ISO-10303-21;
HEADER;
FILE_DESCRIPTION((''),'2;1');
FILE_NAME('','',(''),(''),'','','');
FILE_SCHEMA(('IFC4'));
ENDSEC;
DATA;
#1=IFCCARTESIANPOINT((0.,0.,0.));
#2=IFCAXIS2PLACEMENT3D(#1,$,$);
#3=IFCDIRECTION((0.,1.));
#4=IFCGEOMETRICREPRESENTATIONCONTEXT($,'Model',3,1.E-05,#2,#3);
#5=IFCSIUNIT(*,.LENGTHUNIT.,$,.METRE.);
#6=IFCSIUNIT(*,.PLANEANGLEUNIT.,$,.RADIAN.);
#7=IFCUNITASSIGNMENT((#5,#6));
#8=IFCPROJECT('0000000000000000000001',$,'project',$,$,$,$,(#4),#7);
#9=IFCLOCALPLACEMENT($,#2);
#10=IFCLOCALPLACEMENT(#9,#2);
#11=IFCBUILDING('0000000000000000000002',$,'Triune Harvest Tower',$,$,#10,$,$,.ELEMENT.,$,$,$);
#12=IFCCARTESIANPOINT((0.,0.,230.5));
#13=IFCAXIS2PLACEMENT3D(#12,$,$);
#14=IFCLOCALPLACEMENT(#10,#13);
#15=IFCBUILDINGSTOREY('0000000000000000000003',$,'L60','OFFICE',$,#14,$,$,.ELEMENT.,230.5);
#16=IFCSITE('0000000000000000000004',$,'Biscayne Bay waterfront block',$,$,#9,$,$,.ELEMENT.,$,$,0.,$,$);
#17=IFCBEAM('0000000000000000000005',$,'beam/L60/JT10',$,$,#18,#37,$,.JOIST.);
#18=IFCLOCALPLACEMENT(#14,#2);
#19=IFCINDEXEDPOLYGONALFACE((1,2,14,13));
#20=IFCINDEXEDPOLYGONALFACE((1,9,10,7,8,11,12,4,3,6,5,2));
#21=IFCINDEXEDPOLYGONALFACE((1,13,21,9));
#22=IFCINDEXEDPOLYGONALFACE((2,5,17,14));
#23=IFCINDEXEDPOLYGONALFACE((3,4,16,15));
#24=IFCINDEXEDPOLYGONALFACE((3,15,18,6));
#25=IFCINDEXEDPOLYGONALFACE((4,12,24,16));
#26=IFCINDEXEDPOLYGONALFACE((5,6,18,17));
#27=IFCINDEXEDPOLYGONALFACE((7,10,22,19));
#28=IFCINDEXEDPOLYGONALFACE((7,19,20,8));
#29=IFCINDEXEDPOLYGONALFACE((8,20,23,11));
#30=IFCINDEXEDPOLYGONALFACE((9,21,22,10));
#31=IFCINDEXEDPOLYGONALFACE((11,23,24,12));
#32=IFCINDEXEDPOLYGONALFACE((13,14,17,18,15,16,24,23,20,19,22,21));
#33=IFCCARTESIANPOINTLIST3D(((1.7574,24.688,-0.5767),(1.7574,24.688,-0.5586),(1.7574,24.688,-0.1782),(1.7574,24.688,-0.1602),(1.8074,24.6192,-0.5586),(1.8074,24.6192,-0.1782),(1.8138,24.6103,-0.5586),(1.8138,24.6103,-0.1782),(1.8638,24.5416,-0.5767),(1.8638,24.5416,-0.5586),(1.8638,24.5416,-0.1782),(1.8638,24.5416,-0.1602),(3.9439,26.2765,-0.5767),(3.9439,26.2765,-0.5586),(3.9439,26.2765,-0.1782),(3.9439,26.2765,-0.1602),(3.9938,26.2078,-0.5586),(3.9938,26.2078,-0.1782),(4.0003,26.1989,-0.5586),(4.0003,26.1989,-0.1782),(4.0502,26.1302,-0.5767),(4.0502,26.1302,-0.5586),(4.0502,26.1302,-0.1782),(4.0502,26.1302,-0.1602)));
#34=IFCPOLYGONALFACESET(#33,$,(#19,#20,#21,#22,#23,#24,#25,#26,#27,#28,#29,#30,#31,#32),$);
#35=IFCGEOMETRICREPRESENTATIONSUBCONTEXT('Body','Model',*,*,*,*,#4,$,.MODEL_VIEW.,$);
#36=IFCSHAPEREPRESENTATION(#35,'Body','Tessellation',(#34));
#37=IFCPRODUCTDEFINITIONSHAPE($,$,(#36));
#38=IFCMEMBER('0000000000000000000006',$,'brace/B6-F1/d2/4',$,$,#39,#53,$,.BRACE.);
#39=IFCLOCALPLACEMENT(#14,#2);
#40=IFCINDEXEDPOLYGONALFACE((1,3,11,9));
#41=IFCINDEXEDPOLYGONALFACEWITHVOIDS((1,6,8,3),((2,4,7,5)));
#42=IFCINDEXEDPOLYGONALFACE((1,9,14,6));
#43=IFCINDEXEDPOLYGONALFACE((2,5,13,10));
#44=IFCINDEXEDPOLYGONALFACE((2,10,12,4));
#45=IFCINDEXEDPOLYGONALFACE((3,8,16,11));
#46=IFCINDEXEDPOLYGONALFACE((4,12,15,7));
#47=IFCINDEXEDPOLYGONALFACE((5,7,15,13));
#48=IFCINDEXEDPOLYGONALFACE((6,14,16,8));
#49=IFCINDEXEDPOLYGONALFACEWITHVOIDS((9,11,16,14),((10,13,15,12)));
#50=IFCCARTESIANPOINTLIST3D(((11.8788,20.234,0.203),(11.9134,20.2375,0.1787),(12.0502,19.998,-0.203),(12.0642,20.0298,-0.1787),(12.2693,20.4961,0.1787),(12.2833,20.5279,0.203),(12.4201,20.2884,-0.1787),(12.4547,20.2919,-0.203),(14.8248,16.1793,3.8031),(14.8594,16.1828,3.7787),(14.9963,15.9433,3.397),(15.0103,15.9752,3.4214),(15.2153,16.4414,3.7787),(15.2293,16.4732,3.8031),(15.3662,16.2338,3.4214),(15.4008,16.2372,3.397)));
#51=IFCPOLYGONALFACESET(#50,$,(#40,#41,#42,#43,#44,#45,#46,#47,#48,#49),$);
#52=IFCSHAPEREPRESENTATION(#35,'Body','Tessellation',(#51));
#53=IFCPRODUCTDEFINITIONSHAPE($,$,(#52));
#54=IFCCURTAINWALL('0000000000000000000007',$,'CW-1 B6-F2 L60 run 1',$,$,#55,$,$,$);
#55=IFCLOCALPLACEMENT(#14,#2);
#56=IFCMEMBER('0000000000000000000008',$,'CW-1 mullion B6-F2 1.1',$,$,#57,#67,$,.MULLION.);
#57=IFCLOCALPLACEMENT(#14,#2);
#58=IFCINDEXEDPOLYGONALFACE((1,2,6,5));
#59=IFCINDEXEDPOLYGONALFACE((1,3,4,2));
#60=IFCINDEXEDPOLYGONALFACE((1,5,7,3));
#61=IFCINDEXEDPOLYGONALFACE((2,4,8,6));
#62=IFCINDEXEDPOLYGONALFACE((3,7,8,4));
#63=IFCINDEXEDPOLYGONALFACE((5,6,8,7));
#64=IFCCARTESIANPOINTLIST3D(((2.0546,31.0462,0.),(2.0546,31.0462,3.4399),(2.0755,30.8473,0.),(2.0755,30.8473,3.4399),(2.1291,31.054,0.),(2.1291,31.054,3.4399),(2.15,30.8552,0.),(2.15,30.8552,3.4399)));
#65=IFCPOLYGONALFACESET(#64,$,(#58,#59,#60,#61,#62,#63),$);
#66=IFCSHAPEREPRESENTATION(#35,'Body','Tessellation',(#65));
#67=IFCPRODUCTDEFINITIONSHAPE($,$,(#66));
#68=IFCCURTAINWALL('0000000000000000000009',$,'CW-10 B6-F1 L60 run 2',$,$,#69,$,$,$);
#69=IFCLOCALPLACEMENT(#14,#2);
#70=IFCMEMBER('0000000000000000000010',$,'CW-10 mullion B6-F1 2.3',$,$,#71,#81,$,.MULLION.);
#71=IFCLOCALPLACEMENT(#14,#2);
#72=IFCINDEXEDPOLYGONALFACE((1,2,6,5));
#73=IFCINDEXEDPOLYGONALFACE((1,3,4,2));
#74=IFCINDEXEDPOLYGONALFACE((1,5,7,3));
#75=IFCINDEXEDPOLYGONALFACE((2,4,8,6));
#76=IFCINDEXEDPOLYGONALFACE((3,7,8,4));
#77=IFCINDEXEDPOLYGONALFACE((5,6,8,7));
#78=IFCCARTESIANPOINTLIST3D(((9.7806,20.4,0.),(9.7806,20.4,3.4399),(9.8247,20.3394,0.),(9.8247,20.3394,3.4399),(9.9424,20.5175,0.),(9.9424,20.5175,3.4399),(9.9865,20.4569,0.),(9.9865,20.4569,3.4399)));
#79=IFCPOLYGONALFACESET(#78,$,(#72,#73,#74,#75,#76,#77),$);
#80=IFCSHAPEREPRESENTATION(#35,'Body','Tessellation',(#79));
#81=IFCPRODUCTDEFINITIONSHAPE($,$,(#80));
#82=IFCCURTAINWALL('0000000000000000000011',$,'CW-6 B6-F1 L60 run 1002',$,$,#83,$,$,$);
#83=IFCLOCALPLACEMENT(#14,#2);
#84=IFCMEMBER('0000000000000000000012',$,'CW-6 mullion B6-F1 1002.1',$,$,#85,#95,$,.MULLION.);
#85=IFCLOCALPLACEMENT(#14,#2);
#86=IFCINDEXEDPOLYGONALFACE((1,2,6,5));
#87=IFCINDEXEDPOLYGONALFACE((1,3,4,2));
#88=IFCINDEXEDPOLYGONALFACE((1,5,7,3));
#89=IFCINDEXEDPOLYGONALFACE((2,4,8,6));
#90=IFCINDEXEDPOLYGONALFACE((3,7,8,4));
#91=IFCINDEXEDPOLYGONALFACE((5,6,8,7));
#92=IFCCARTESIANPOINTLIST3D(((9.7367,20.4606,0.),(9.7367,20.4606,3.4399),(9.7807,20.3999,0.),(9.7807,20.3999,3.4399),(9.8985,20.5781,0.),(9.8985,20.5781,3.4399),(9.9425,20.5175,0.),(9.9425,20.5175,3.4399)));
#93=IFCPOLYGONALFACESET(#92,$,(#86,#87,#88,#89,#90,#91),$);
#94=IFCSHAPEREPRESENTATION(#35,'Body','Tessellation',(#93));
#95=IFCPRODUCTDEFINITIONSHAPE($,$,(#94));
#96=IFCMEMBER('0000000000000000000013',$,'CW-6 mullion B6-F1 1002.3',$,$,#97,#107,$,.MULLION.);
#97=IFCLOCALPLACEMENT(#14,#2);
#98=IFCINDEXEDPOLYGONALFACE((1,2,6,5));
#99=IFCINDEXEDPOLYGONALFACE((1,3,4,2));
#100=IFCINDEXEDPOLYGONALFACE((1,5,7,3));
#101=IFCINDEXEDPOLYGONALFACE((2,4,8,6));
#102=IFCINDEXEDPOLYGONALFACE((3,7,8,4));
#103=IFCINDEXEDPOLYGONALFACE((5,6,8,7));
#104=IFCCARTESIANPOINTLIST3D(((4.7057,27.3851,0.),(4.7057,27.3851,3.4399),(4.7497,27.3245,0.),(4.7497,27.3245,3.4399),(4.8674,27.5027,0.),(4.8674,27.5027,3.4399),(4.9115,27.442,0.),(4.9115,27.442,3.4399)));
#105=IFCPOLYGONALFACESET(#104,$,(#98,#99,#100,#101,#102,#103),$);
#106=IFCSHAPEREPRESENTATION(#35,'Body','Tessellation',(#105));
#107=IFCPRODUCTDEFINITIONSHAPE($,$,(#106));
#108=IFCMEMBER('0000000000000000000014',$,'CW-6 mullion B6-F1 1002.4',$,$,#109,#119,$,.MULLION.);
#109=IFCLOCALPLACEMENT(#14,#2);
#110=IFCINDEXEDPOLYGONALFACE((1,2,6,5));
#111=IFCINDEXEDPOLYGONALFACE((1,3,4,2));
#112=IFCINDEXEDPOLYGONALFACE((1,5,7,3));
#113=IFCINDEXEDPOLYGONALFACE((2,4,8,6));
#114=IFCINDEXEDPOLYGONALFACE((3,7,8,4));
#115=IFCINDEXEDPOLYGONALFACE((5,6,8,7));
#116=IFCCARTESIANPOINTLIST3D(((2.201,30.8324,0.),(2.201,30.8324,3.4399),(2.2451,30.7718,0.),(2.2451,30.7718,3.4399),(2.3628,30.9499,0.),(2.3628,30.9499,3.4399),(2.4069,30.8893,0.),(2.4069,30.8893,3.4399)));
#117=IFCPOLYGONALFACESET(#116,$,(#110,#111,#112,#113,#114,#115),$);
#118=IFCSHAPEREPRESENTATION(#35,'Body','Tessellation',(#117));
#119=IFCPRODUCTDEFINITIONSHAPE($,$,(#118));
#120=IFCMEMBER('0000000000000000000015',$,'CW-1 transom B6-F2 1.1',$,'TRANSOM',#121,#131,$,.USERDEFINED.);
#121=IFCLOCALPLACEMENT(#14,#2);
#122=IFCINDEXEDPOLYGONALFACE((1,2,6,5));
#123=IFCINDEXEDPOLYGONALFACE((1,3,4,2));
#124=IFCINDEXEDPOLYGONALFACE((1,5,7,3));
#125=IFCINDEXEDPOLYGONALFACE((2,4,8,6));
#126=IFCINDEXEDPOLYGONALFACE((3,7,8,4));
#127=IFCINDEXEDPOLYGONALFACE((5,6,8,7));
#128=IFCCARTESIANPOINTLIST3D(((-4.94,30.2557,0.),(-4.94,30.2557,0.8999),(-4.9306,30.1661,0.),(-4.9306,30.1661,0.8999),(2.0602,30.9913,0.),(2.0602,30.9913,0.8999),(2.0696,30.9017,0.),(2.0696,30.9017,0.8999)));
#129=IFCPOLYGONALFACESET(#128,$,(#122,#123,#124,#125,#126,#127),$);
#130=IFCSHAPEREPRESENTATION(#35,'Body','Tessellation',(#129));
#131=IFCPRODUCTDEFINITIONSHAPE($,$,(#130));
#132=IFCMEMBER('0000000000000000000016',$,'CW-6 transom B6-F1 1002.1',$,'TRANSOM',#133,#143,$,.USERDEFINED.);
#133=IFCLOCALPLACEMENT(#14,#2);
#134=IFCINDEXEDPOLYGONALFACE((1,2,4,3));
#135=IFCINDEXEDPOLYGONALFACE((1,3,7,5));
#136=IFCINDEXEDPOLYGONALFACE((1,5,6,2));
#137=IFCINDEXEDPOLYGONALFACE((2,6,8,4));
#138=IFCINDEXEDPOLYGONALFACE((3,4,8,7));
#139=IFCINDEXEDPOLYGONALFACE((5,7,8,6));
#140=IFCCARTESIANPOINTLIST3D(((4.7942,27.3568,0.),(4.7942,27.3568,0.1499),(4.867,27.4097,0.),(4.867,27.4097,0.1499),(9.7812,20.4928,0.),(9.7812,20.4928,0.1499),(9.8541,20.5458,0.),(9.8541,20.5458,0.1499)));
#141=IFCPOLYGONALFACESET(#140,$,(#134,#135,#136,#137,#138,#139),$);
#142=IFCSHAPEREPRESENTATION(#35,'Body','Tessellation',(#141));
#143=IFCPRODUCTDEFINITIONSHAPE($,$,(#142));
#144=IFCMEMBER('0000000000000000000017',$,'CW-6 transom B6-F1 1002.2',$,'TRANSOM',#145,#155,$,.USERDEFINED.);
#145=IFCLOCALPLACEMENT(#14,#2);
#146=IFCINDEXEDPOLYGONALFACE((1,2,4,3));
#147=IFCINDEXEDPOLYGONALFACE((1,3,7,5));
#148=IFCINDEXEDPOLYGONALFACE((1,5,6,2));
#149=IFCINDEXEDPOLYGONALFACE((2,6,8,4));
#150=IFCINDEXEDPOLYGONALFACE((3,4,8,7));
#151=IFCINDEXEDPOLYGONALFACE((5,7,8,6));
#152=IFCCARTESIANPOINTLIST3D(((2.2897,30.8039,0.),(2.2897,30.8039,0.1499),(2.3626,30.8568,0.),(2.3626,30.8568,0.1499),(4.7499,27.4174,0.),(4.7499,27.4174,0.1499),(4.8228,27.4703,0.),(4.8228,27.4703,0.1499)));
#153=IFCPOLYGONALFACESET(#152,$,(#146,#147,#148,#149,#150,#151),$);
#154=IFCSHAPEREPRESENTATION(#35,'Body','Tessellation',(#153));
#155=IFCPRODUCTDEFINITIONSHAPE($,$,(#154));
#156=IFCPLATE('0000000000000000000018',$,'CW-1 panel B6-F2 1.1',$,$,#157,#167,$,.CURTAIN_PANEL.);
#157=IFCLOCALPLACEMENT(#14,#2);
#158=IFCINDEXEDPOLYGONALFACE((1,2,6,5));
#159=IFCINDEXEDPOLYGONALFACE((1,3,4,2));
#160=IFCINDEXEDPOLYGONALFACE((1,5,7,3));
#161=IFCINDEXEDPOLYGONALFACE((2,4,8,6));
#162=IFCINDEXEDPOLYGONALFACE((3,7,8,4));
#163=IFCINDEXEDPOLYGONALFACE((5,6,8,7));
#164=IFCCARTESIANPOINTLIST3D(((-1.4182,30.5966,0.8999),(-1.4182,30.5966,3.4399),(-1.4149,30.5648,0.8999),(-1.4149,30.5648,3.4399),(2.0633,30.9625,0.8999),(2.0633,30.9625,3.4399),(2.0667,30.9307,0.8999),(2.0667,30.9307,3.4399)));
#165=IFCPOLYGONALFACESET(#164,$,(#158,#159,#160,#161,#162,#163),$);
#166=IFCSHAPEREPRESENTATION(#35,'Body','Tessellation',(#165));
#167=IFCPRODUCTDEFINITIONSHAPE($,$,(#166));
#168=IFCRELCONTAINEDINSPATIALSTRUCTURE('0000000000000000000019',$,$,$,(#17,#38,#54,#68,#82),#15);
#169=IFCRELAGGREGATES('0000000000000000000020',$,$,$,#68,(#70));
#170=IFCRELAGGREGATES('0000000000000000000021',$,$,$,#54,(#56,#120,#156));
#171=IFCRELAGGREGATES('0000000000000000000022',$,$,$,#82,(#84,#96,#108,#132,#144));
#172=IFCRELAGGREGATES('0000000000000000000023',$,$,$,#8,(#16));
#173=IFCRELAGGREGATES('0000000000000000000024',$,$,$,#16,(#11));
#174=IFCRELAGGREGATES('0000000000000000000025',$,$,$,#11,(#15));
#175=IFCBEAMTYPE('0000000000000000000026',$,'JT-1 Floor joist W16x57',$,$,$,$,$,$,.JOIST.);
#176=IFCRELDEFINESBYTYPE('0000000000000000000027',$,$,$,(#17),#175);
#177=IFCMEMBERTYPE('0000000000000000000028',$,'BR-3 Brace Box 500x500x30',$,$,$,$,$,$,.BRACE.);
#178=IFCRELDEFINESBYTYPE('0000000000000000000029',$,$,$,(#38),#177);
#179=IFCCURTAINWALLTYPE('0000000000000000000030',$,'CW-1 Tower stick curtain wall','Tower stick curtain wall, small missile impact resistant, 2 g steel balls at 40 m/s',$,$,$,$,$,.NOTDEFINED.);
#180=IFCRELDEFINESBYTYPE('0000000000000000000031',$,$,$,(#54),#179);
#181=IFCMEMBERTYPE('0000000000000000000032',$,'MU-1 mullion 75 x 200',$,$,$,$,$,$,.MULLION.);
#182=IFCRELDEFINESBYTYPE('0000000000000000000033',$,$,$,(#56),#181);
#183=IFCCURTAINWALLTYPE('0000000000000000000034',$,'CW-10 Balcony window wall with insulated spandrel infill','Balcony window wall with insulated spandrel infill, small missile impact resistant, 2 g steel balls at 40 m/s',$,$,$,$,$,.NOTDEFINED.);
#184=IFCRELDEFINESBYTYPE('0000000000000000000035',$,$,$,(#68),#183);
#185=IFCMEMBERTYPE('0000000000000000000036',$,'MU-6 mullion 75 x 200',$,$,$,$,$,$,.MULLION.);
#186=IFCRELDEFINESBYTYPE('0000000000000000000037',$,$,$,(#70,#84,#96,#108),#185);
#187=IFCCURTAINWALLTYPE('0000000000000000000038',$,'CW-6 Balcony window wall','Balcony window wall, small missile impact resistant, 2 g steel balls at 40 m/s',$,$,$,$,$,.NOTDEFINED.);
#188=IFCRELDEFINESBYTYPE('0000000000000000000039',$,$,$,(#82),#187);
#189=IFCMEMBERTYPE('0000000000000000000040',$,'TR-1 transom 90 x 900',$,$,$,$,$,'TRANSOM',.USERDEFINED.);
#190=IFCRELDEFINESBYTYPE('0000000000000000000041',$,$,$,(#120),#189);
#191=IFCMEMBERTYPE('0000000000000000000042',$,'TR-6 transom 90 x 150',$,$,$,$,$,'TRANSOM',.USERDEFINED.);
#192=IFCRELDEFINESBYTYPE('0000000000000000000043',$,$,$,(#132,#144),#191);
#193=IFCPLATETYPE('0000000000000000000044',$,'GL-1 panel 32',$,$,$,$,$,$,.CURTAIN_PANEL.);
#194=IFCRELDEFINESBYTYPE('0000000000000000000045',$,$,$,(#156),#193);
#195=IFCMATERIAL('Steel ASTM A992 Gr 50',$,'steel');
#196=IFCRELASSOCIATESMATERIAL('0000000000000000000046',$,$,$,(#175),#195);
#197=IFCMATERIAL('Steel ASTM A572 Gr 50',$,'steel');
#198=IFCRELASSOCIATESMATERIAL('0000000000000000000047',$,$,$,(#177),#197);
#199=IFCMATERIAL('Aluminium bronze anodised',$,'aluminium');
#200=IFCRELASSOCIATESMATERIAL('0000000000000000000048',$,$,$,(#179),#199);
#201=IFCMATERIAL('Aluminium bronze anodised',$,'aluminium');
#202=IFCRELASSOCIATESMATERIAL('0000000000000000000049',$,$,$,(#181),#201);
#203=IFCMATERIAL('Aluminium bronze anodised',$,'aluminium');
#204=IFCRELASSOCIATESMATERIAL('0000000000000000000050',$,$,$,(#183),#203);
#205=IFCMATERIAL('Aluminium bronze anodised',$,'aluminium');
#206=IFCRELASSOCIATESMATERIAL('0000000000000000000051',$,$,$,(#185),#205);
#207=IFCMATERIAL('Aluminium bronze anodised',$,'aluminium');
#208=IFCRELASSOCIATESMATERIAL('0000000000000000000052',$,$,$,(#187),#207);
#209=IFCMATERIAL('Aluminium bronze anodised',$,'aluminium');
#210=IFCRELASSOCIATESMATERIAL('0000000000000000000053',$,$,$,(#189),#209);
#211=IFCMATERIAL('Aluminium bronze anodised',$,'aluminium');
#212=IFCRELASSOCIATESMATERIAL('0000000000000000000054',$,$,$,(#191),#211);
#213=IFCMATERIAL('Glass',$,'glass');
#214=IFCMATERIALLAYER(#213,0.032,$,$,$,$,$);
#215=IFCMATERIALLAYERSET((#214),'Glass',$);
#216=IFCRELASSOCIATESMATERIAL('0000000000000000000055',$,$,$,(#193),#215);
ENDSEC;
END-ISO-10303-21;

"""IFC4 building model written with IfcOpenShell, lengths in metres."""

from ifc_helpers import new_model, si_unit, direction, frame, origin, origin_2d, place, context, subcontext, project, spatial, rectangle, hollow_rectangle, i_section, extrude, source, transform, mapped, material, layer, layer_set, material_profile, profile_set, type_object, element, aggregate, save


model = new_model("IFC4")

# Units and contexts
model_context = context("Model", 3, precision=1e-05, world=origin(), true_north=direction((0.0, 1.0)))
body_context = subcontext(model_context, "Body", "Model", "MODEL_VIEW")
ifc_project = project(units=[si_unit("LENGTHUNIT", "METRE"), si_unit("PLANEANGLEUNIT", "RADIAN")], contexts=[model_context])

# Site, building, storey
site_placement = place(None, origin())
site = spatial("IfcSite", under=ifc_project, at=site_placement, Name="Biscayne Bay waterfront block", CompositionType="ELEMENT", RefElevation=0.0)
building_placement = place(site_placement, origin())
building = spatial("IfcBuilding", under=site, at=building_placement, Name="Triune Harvest Tower", CompositionType="ELEMENT")
storey_placement = place(building_placement, frame((0.0, 0.0, 230.5)))
storey = spatial("IfcBuildingStorey", under=building, at=storey_placement, Name="L60", Description="OFFICE", CompositionType="ELEMENT", Elevation=230.5)

# Beam
ifc_material_1 = material(Name="Steel ASTM A992 Gr 50", Category="steel")
ifc_material_profile_1 = material_profile(ifc_material_1, i_section(OverallWidth=0.1809, OverallDepth=0.4165, WebThickness=0.011, FlangeThickness=0.0181, at=origin_2d()), Name="W16x57")
ifc_profile_set_1 = profile_set([ifc_material_profile_1], Name="Steel ASTM A992 Gr 50")
beam_type_1 = type_object("IfcBeamType", Name="JT-1 Floor joist W16x57", PredefinedType="JOIST", material=ifc_profile_set_1)
shared_shape_1 = source(origin(), body_context, "Body", "SweptSolid", [
    extrude(i_section(OverallWidth=0.1809, OverallDepth=0.4165, WebThickness=0.011, FlangeThickness=0.0181, at=origin_2d()), origin(), (0.0, 0.0, 1.0), 2.7026),
])
beam_1_placement = place(storey_placement, frame((3.9971, 26.2034, -0.3684), z_axis=(-0.809013, -0.58779, 0.0), x_axis=(0.58779, -0.809013, 0.0)))
element("IfcBeam", 1, at=beam_1_placement, inside=storey, type_object=beam_type_1, Name="beam/L60/JT10", PredefinedType="JOIST", context=body_context, shape_type="MappedRepresentation", body=[
    mapped(shared_shape_1, transform((0.0, 0.0, 0.0), scale=1.0)),
])

# Member
ifc_material_2 = material(Name="Steel ASTM A572 Gr 50", Category="steel")
ifc_material_profile_2 = material_profile(ifc_material_2, hollow_rectangle(XDim=0.5, YDim=0.5, WallThickness=0.03, at=origin_2d()), Name="Box 500x500x30")
ifc_profile_set_2 = profile_set([ifc_material_profile_2], Name="Steel ASTM A572 Gr 50")
member_type_1 = type_object("IfcMemberType", Name="BR-3 Brace Box 500x500x30", PredefinedType="BRACE", material=ifc_profile_set_2)
shared_shape_2 = source(origin(), body_context, "Body", "SweptSolid", [
    extrude(hollow_rectangle(XDim=0.5, YDim=0.5, WallThickness=0.03, at=origin_2d()), origin(), (0.0, 0.0, 1.0), 6.1709),
])
member_1_placement = place(storey_placement, frame((12.1667, 20.2629, 0.0), z_axis=(0.477407, -0.657063, 0.583396), x_axis=(0.809004, 0.587804, 0.0)))
element("IfcMember", 2, at=member_1_placement, inside=storey, type_object=member_type_1, Name="brace/B6-F1/d2/4", PredefinedType="BRACE", context=body_context, shape_type="MappedRepresentation", body=[
    mapped(shared_shape_2, transform((0.0, 0.0, 0.0), scale=1.0)),
])

# Curtain walls, members
ifc_material_3 = material(Name="Aluminium bronze anodised", Category="aluminium")
curtain_wall_type_1 = type_object("IfcCurtainWallType", Name="CW-1 Tower stick curtain wall", Description="Tower stick curtain wall, small missile impact resistant, 2 g steel balls at 40 m/s", PredefinedType="NOTDEFINED", material=ifc_material_3)
curtain_wall_1_placement = place(storey_placement, origin())
curtain_wall_1 = element("IfcCurtainWall", 3, at=curtain_wall_1_placement, inside=storey, type_object=curtain_wall_type_1, Name="CW-1 B6-F2 L60 run 1")
ifc_material_4 = material(Name="Aluminium bronze anodised", Category="aluminium")
ifc_material_profile_3 = material_profile(ifc_material_4, rectangle(XDim=0.2, YDim=0.075, at=origin_2d()), Name="MU-1 mullion 75 x 200")
ifc_profile_set_3 = profile_set([ifc_material_profile_3], Name="Aluminium bronze anodised")
member_type_2 = type_object("IfcMemberType", Name="MU-1 mullion 75 x 200", PredefinedType="MULLION", material=ifc_profile_set_3)
shared_shape_3 = source(origin(), body_context, "Body", "SweptSolid", [
    extrude(rectangle(XDim=0.2, YDim=0.075, at=origin_2d()), origin(), (0.0, 0.0, 1.0), 3.4399),
])
member_2_placement = place(storey_placement, frame((2.1023, 30.9507, 0.0), z_axis=(0.0, 0.0, 1.0), x_axis=(0.10453, -0.994522, 0.0)))
member_2 = element("IfcMember", 4, at=member_2_placement, type_object=member_type_2, Name="CW-1 mullion B6-F2 1.1", PredefinedType="MULLION", context=body_context, shape_type="MappedRepresentation", body=[
    mapped(shared_shape_3, transform((0.0, 0.0, 0.0), scale=1.0)),
])
ifc_material_5 = material(Name="Aluminium bronze anodised", Category="aluminium")
curtain_wall_type_2 = type_object("IfcCurtainWallType", Name="CW-10 Balcony window wall with insulated spandrel infill", Description="Balcony window wall with insulated spandrel infill, small missile impact resistant, 2 g steel balls at 40 m/s", PredefinedType="NOTDEFINED", material=ifc_material_5)
curtain_wall_2_placement = place(storey_placement, origin())
curtain_wall_2 = element("IfcCurtainWall", 5, at=curtain_wall_2_placement, inside=storey, type_object=curtain_wall_type_2, Name="CW-10 B6-F1 L60 run 2")
ifc_material_6 = material(Name="Aluminium bronze anodised", Category="aluminium")
ifc_material_profile_4 = material_profile(ifc_material_6, rectangle(XDim=0.2, YDim=0.075, at=origin_2d()), Name="MU-6 mullion 75 x 200")
ifc_profile_set_4 = profile_set([ifc_material_profile_4], Name="Aluminium bronze anodised")
member_type_3 = type_object("IfcMemberType", Name="MU-6 mullion 75 x 200", PredefinedType="MULLION", material=ifc_profile_set_4)
shared_shape_4 = source(origin(), body_context, "Body", "SweptSolid", [
    extrude(rectangle(XDim=0.2, YDim=0.075, at=origin_2d()), origin(), (0.0, 0.0, 1.0), 3.4399),
])
member_3_placement = place(storey_placement, frame((9.8835, 20.4285, 0.0), z_axis=(0.0, 0.0, 1.0), x_axis=(-0.809018, -0.587784, 0.0)))
member_3 = element("IfcMember", 6, at=member_3_placement, type_object=member_type_3, Name="CW-10 mullion B6-F1 2.3", PredefinedType="MULLION", context=body_context, shape_type="MappedRepresentation", body=[
    mapped(shared_shape_4, transform((0.0, 0.0, 0.0), scale=1.0)),
])
aggregate(curtain_wall_2, [member_3])

# Curtain wall, members
ifc_material_7 = material(Name="Aluminium bronze anodised", Category="aluminium")
curtain_wall_type_3 = type_object("IfcCurtainWallType", Name="CW-6 Balcony window wall", Description="Balcony window wall, small missile impact resistant, 2 g steel balls at 40 m/s", PredefinedType="NOTDEFINED", material=ifc_material_7)
curtain_wall_3_placement = place(storey_placement, origin())
curtain_wall_3 = element("IfcCurtainWall", 7, at=curtain_wall_3_placement, inside=storey, type_object=curtain_wall_type_3, Name="CW-6 B6-F1 L60 run 1002")
member_4_placement = place(storey_placement, frame((9.8396, 20.489, 0.0), z_axis=(0.0, 0.0, 1.0), x_axis=(-0.809016, -0.587787, 0.0)))
member_4 = element("IfcMember", 8, at=member_4_placement, type_object=member_type_3, Name="CW-6 mullion B6-F1 1002.1", PredefinedType="MULLION", context=body_context, shape_type="MappedRepresentation", body=[
    mapped(shared_shape_4, transform((0.0, 0.0, 0.0), scale=1.0)),
])
member_5_placement = place(storey_placement, frame((4.8086, 27.4136, 0.0), z_axis=(0.0, 0.0, 1.0), x_axis=(-0.809016, -0.587787, 0.0)))
member_5 = element("IfcMember", 9, at=member_5_placement, type_object=member_type_3, Name="CW-6 mullion B6-F1 1002.3", PredefinedType="MULLION", context=body_context, shape_type="MappedRepresentation", body=[
    mapped(shared_shape_4, transform((0.0, 0.0, 0.0), scale=1.0)),
])
member_6_placement = place(storey_placement, frame((2.304, 30.8608, 0.0), z_axis=(0.0, 0.0, 1.0), x_axis=(-0.809016, -0.587787, 0.0)))
member_6 = element("IfcMember", 10, at=member_6_placement, type_object=member_type_3, Name="CW-6 mullion B6-F1 1002.4", PredefinedType="MULLION", context=body_context, shape_type="MappedRepresentation", body=[
    mapped(shared_shape_4, transform((0.0, 0.0, 0.0), scale=1.0)),
])

# Members
ifc_material_8 = material(Name="Aluminium bronze anodised", Category="aluminium")
ifc_material_profile_5 = material_profile(ifc_material_8, rectangle(XDim=0.0901, YDim=0.8999, at=origin_2d()), Name="TR-1 transom 90 x 900")
ifc_profile_set_5 = profile_set([ifc_material_profile_5], Name="Aluminium bronze anodised")
member_type_4 = type_object("IfcMemberType", Name="TR-1 transom 90 x 900", ElementType="TRANSOM", PredefinedType="USERDEFINED", material=ifc_profile_set_5)
shared_shape_5 = source(origin(), body_context, "Body", "SweptSolid", [
    extrude(rectangle(XDim=0.0901, YDim=0.8999, at=origin_2d()), origin(), (0.0, 0.0, 1.0), 7.0388),
])
member_7_placement = place(storey_placement, frame((2.0649, 30.9465, 0.45), z_axis=(-0.994524, -0.104506, 0.0), x_axis=(0.104506, -0.994524, 0.0)))
member_7 = element("IfcMember", 11, at=member_7_placement, type_object=member_type_4, Name="CW-1 transom B6-F2 1.1", ObjectType="TRANSOM", PredefinedType="USERDEFINED", context=body_context, shape_type="MappedRepresentation", body=[
    mapped(shared_shape_5, transform((0.0, 0.0, 0.0), scale=1.0)),
])
ifc_material_9 = material(Name="Aluminium bronze anodised", Category="aluminium")
ifc_material_profile_6 = material_profile(ifc_material_9, rectangle(XDim=0.0901, YDim=0.1499, at=origin_2d()), Name="TR-6 transom 90 x 150")
ifc_profile_set_6 = profile_set([ifc_material_profile_6], Name="Aluminium bronze anodised")
member_type_5 = type_object("IfcMemberType", Name="TR-6 transom 90 x 150", ElementType="TRANSOM", PredefinedType="USERDEFINED", material=ifc_profile_set_6)
shared_shape_6 = source(origin(), body_context, "Body", "SweptSolid", [
    extrude(rectangle(XDim=0.0901, YDim=0.1499, at=origin_2d()), origin(), (0.0, 0.0, 1.0), 8.4844),
])
member_8_placement = place(storey_placement, frame((9.8176, 20.5193, 0.075), z_axis=(-0.58779, 0.809013, 0.0), x_axis=(-0.809013, -0.58779, 0.0)))
member_8 = element("IfcMember", 12, at=member_8_placement, type_object=member_type_5, Name="CW-6 transom B6-F1 1002.1", ObjectType="TRANSOM", PredefinedType="USERDEFINED", context=body_context, shape_type="MappedRepresentation", body=[
    mapped(shared_shape_6, transform((0.0, 0.0, 0.0), scale=1.0)),
])
shared_shape_7 = source(origin(), body_context, "Body", "SweptSolid", [
    extrude(rectangle(XDim=0.0901, YDim=0.1499, at=origin_2d()), origin(), (0.0, 0.0, 1.0), 4.1858),
])
member_9_placement = place(storey_placement, frame((4.7864, 27.4438, 0.075), z_axis=(-0.587752, 0.809041, 0.0), x_axis=(-0.809041, -0.587752, 0.0)))
member_9 = element("IfcMember", 13, at=member_9_placement, type_object=member_type_5, Name="CW-6 transom B6-F1 1002.2", ObjectType="TRANSOM", PredefinedType="USERDEFINED", context=body_context, shape_type="MappedRepresentation", body=[
    mapped(shared_shape_7, transform((0.0, 0.0, 0.0), scale=1.0)),
])

# Plate
ifc_material_10 = material(Name="Glass", Category="glass")
ifc_layer_1 = layer(ifc_material_10, 0.032)
ifc_layer_set_1 = layer_set([ifc_layer_1], Name="Glass")
plate_type_1 = type_object("IfcPlateType", Name="GL-1 panel 32", PredefinedType="CURTAIN_PANEL", material=ifc_layer_set_1)
shared_shape_8 = source(origin(), body_context, "Body", "SweptSolid", [
    extrude(rectangle(XDim=3.5007, YDim=0.032, at=origin_2d()), origin(), (0.0, 0.0, 1.0), 2.54),
])
plate_1_placement = place(storey_placement, frame((0.3242, 30.7637, 0.8999), z_axis=(0.0, 0.0, 1.0), x_axis=(-0.994522, -0.10453, 0.0)))
plate_1 = element("IfcPlate", 14, at=plate_1_placement, type_object=plate_type_1, Name="CW-1 panel B6-F2 1.1", PredefinedType="CURTAIN_PANEL", context=body_context, shape_type="MappedRepresentation", body=[
    mapped(shared_shape_8, transform((0.0, 0.0, 0.0), scale=1.0)),
])
aggregate(curtain_wall_1, [member_2, member_7, plate_1])
aggregate(curtain_wall_3, [member_4, member_5, member_6, member_8, member_9])

save(model, "model.ifc")
